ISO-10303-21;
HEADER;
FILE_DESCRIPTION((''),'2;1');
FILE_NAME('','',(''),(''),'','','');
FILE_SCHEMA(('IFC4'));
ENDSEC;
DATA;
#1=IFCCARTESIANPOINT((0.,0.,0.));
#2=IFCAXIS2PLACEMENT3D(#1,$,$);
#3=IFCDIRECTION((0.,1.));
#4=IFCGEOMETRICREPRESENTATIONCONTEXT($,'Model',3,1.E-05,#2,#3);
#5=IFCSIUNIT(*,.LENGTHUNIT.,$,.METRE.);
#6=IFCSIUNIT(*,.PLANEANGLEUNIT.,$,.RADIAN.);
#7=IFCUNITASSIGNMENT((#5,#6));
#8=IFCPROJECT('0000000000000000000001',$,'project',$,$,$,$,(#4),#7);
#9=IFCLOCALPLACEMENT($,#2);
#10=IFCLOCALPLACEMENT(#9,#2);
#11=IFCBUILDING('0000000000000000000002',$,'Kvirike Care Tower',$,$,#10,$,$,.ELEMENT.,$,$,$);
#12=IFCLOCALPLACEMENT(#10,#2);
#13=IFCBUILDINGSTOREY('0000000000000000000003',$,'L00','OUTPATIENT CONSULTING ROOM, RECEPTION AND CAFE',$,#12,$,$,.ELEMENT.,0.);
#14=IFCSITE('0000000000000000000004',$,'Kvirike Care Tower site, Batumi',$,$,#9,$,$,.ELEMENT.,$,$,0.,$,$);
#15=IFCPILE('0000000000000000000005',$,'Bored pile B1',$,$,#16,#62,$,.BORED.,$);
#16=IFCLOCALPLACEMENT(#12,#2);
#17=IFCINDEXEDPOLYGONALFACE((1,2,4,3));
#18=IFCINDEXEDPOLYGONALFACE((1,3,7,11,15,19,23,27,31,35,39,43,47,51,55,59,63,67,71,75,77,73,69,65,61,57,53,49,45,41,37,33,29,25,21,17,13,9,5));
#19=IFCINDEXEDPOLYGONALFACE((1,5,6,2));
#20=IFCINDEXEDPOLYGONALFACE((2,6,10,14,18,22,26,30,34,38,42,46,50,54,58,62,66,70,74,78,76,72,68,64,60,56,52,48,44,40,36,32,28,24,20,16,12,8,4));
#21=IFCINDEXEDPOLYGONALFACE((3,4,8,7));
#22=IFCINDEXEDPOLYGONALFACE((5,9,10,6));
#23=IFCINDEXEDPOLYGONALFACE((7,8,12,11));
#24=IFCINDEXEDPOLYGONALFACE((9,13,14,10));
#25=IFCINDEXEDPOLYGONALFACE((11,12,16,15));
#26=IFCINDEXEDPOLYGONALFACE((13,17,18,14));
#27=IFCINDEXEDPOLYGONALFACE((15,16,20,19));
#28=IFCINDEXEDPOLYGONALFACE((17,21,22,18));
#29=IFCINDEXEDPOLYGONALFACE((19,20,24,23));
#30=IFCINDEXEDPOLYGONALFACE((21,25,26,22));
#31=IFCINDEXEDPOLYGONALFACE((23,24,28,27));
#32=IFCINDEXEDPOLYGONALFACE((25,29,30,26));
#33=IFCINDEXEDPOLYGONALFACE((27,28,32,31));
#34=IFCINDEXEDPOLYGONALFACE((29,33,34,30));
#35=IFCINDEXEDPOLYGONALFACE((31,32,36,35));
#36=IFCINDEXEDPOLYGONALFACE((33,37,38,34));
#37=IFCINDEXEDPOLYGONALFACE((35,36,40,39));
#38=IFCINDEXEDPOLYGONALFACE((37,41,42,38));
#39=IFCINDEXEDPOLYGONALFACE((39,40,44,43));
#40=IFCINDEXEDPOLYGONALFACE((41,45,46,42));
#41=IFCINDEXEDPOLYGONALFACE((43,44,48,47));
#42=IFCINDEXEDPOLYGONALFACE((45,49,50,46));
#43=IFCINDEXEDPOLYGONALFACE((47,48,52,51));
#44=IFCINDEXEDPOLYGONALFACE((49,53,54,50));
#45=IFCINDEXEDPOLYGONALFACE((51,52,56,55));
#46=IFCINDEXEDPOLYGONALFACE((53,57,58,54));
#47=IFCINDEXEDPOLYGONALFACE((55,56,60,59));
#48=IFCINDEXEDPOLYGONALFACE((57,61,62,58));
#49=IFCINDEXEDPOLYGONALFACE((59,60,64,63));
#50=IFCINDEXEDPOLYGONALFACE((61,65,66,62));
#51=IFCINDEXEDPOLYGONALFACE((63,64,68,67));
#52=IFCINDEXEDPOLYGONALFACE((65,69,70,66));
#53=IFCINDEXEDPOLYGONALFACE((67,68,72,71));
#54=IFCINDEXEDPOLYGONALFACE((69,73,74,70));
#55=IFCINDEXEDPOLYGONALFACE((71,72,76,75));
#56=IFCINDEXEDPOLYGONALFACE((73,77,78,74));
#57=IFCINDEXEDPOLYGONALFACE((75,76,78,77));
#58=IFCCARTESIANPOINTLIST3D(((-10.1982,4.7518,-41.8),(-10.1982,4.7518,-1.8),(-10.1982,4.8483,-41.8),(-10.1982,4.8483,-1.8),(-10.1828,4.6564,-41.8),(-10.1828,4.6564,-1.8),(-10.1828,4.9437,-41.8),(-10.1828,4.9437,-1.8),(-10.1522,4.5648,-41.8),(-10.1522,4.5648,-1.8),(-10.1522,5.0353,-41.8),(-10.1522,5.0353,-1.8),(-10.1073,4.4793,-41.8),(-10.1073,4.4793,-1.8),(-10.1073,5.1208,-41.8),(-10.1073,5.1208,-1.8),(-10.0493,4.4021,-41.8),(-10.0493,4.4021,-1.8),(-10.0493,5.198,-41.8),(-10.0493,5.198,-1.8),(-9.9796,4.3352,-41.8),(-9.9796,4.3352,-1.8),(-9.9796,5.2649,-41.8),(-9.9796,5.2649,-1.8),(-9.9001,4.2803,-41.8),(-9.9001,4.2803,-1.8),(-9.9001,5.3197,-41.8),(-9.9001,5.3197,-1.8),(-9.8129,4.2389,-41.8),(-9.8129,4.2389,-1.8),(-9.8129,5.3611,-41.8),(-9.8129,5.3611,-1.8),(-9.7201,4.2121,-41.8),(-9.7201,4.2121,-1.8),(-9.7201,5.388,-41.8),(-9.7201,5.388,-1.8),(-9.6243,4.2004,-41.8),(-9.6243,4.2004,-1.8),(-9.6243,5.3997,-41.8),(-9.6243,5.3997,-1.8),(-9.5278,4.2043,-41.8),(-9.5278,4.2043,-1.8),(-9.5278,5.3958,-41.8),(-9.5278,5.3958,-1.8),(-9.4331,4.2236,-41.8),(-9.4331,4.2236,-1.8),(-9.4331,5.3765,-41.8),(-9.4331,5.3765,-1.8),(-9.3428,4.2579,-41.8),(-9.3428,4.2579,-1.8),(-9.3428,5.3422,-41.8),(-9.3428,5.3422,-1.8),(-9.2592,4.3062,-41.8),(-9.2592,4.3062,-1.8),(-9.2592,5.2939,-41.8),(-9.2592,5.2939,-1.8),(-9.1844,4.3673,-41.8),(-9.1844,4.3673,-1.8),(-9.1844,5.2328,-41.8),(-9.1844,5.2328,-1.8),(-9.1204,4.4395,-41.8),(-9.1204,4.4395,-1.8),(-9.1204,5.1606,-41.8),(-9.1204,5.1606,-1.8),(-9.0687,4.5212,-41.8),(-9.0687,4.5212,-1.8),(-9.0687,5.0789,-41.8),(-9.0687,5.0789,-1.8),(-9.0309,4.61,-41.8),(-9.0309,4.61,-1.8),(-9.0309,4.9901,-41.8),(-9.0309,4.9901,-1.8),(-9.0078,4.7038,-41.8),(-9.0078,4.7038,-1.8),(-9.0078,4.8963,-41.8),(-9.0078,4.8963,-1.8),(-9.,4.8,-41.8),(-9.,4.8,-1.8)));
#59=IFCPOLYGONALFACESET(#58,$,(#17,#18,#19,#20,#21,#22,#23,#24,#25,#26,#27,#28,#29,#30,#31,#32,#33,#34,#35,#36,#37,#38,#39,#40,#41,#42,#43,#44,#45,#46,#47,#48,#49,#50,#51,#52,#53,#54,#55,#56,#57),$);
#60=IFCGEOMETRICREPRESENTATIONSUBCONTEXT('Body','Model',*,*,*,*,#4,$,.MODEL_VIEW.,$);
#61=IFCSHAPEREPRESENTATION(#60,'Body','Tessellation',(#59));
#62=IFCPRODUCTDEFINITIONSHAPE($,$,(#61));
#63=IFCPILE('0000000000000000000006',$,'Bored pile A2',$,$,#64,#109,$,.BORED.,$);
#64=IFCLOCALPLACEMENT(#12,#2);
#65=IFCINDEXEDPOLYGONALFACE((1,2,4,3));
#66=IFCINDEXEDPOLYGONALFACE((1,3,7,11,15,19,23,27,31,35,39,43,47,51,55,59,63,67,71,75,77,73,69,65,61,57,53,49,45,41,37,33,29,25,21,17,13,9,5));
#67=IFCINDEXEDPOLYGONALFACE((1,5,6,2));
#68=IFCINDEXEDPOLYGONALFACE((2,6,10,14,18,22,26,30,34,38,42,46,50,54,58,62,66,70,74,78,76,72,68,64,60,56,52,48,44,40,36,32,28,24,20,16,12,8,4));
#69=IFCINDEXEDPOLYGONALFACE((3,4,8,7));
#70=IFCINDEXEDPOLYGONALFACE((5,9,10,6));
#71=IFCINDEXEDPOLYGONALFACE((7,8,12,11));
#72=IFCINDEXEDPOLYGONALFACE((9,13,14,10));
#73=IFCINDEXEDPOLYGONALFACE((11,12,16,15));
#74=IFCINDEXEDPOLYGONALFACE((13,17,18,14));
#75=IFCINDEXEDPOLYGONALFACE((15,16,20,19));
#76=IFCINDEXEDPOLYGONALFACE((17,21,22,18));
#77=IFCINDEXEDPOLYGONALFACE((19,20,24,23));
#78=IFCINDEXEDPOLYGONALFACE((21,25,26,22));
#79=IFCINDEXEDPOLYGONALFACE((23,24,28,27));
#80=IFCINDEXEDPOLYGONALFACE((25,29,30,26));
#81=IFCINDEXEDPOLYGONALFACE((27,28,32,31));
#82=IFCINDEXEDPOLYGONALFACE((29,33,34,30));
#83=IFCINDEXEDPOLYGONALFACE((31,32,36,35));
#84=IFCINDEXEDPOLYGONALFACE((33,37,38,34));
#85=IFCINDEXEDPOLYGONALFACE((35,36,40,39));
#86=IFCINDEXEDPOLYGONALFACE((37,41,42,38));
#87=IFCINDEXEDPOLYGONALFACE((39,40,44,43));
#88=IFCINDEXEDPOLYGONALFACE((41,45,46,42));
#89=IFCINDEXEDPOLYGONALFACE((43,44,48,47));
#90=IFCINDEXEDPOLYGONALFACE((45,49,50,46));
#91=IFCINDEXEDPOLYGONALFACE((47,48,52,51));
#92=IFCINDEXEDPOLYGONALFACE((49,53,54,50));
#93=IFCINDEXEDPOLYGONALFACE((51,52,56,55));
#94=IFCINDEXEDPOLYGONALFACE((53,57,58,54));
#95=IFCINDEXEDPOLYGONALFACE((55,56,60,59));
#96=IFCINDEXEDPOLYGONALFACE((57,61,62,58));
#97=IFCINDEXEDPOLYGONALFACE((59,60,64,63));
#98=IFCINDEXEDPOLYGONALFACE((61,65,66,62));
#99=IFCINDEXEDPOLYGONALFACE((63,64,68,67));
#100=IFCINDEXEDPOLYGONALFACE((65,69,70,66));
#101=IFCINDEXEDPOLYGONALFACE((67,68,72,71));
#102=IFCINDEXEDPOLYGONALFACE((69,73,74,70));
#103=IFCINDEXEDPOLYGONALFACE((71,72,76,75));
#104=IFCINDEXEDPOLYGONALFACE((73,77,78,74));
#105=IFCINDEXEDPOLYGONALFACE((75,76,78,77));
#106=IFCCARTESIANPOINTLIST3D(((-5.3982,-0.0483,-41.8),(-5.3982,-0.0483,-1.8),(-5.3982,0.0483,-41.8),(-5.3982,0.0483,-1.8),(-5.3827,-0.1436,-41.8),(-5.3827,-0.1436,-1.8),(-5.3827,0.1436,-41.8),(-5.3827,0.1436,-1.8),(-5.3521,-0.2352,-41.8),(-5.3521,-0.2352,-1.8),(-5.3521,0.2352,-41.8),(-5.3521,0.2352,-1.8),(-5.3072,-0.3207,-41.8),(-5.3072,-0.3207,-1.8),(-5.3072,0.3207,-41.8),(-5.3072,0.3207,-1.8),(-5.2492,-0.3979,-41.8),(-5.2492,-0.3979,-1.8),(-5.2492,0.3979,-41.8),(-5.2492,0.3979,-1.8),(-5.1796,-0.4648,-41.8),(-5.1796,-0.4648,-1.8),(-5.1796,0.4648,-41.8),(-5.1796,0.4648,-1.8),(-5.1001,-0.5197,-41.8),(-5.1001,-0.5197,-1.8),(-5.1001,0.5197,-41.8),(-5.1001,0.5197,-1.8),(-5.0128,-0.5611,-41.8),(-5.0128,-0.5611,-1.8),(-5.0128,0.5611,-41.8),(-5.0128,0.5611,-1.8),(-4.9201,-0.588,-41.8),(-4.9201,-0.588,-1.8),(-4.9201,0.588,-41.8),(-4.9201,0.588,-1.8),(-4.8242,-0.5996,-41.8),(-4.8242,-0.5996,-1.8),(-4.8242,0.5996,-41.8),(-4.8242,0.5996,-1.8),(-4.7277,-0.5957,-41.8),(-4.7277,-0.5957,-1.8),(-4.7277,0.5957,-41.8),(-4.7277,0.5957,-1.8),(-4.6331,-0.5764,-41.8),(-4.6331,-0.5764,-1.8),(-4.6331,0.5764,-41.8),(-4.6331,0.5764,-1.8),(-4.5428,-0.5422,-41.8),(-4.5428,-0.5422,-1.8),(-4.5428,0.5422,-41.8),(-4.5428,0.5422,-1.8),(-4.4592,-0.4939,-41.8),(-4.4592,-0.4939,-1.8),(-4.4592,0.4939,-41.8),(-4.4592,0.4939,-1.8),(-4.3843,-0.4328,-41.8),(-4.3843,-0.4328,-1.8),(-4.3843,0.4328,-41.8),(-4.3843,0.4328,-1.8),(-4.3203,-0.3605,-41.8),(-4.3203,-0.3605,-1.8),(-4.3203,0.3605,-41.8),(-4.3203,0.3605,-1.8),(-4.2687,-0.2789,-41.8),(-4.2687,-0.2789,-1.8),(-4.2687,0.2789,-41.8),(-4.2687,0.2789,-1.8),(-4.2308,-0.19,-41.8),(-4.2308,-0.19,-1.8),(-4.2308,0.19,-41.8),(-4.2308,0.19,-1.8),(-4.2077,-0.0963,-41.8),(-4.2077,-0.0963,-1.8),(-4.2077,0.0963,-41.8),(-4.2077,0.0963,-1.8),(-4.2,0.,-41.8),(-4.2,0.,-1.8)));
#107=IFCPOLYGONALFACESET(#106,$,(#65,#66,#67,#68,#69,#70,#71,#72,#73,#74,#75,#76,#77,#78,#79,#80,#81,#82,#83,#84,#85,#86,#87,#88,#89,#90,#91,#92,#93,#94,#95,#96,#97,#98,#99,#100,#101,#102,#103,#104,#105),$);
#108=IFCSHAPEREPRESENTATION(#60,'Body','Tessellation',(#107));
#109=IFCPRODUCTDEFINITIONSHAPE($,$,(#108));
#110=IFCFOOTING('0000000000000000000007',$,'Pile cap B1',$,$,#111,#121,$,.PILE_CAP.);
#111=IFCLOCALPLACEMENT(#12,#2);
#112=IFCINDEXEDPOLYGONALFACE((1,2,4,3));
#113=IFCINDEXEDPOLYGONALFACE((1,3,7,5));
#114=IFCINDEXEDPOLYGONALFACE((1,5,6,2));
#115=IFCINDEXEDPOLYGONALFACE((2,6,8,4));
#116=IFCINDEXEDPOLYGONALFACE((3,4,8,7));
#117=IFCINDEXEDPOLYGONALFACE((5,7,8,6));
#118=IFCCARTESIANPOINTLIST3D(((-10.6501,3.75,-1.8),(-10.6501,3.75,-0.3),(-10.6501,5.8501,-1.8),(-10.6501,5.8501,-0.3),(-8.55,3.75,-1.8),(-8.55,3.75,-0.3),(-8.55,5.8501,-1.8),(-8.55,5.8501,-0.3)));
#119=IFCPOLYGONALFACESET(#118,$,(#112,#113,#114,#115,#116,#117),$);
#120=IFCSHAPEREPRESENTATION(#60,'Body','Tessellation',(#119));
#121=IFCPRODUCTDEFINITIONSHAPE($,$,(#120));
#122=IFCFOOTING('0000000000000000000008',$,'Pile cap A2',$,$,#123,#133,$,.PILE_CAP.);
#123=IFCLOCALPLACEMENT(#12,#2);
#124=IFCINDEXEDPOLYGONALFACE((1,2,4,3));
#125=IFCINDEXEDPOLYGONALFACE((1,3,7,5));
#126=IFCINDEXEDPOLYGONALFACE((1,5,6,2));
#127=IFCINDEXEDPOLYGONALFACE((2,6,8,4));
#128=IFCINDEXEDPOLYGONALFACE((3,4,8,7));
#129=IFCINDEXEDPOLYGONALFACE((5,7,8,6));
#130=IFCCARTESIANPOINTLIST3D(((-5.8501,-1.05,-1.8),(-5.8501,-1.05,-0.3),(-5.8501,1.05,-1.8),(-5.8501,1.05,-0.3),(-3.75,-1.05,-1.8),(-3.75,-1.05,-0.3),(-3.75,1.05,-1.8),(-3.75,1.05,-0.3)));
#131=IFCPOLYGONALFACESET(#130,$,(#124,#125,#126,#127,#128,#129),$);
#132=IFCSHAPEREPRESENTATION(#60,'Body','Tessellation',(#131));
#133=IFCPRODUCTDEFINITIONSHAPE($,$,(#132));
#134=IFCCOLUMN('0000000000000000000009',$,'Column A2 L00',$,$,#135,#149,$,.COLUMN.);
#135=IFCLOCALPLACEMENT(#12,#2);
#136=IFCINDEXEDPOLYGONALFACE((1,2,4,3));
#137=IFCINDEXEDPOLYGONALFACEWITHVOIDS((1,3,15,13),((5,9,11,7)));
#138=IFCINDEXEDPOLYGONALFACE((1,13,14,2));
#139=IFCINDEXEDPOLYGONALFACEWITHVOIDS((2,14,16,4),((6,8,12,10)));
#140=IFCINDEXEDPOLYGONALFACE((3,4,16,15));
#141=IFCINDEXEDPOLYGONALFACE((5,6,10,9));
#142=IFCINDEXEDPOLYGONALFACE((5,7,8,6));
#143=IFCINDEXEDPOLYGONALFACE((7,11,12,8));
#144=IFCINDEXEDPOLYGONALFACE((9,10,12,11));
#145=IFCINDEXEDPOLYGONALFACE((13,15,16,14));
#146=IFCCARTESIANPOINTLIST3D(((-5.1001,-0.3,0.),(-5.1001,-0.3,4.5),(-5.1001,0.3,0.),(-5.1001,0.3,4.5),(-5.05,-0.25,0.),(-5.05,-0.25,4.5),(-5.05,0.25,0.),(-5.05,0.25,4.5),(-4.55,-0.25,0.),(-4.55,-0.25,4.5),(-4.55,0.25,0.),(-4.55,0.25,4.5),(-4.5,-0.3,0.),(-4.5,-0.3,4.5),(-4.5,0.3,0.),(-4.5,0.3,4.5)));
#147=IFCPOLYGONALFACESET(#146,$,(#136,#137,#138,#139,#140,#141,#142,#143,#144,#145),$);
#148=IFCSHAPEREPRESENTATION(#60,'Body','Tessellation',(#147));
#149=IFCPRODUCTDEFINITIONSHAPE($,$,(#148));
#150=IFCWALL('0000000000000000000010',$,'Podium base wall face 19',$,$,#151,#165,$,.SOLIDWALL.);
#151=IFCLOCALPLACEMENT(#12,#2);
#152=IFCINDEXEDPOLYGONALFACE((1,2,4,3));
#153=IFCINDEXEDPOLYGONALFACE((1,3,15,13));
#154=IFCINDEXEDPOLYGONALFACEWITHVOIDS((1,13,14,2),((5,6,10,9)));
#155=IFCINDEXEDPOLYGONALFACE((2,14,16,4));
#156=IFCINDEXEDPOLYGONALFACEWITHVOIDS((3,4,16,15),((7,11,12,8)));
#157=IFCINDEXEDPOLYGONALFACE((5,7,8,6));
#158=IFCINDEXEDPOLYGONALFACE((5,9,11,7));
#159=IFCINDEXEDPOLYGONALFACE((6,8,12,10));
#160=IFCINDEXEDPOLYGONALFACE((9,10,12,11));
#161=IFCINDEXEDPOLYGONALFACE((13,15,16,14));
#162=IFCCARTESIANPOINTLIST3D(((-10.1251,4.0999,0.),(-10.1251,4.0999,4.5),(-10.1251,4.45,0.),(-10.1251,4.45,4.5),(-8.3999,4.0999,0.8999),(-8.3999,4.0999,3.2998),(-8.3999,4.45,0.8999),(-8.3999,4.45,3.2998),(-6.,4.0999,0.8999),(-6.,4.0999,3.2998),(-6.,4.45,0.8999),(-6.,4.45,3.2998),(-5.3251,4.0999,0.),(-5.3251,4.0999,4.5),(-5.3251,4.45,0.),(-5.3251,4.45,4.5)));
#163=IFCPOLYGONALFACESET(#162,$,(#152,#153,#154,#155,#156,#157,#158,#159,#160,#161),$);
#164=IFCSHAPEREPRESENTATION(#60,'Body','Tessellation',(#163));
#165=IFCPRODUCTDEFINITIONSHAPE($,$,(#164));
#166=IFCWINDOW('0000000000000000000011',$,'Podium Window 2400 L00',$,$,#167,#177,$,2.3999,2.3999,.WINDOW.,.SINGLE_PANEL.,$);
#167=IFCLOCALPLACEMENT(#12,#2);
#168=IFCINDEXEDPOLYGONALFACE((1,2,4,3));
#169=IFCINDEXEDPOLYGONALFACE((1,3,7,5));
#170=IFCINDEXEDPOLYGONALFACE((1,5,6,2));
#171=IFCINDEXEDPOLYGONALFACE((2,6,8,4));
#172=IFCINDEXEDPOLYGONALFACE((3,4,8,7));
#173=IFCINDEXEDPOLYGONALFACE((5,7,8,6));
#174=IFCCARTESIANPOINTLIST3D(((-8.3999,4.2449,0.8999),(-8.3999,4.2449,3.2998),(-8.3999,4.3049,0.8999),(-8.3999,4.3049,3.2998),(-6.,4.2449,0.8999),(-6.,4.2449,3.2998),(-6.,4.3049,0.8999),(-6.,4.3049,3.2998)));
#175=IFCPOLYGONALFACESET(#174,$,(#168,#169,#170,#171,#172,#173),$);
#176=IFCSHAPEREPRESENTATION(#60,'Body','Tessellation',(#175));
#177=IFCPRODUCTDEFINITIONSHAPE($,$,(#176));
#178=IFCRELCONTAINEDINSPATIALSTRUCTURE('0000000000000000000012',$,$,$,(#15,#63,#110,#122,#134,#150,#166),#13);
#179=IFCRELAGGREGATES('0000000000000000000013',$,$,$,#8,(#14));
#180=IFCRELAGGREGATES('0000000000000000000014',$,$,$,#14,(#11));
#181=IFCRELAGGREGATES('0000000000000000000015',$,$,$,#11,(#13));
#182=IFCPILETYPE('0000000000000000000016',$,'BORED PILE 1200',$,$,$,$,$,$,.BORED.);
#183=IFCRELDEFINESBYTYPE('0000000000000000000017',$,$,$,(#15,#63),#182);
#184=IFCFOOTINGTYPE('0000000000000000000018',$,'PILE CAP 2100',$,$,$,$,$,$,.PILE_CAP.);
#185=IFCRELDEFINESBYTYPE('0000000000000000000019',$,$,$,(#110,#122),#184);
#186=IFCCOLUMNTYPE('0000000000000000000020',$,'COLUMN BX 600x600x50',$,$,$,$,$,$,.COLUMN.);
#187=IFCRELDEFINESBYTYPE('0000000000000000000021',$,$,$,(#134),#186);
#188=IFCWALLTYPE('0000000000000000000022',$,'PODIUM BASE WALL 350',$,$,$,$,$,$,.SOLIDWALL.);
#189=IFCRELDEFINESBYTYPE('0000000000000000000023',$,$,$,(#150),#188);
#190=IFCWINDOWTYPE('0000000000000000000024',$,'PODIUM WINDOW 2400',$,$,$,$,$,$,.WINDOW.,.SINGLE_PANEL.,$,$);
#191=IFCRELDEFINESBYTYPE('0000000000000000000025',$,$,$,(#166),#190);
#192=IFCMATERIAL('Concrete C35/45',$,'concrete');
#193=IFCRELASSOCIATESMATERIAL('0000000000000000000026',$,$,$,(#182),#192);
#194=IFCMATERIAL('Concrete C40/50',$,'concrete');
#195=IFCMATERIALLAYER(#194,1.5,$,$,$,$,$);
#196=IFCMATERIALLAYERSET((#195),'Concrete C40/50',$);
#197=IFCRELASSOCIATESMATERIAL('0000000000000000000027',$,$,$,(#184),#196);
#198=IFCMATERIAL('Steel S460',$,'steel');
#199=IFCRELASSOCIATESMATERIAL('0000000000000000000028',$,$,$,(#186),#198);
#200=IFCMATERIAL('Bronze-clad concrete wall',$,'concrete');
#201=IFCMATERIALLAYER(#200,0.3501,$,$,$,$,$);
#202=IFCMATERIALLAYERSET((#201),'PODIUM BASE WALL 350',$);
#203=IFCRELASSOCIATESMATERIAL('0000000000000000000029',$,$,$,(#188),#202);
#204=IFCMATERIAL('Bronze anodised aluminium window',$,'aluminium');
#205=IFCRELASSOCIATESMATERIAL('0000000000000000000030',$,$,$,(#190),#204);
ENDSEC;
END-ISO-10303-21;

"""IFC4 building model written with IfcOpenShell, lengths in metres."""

from ifc_helpers import new_model, si_unit, direction, frame, frame_2d, origin, origin_2d, place, context, subcontext, project, spatial, rectangle, hollow_rectangle, circle, extrude, material, layer, layer_set, material_profile, profile_set, type_object, element, fill, save


model = new_model("IFC4")

# Units and contexts
model_context = context("Model", 3, precision=1e-05, world=origin(), true_north=direction((0.0, 1.0)))
body_context = subcontext(model_context, "Body", "Model", "MODEL_VIEW")
ifc_project = project(units=[si_unit("LENGTHUNIT", "METRE"), si_unit("PLANEANGLEUNIT", "RADIAN")], contexts=[model_context])

# Site, building, storey
site_placement = place(None, origin())
site = spatial("IfcSite", under=ifc_project, at=site_placement, Name="Kvirike Care Tower site, Batumi", CompositionType="ELEMENT", RefElevation=0.0)
building_placement = place(site_placement, origin())
building = spatial("IfcBuilding", under=site, at=building_placement, Name="Kvirike Care Tower", CompositionType="ELEMENT")
storey_placement = place(building_placement, origin())
storey = spatial("IfcBuildingStorey", under=building, at=storey_placement, Name="L00", Description="OUTPATIENT CONSULTING ROOM, RECEPTION AND CAFE", CompositionType="ELEMENT", Elevation=0.0)

# Piles
ifc_material_1 = material(Name="Concrete C35/45", Category="concrete")
ifc_material_profile_1 = material_profile(ifc_material_1, circle(Radius=0.6001, at=origin_2d()), Name="BORED PILE 1200")
ifc_profile_set_1 = profile_set([ifc_material_profile_1], Name="Concrete C35/45")
pile_type = type_object("IfcPileType", Name="BORED PILE 1200", PredefinedType="BORED", material=ifc_profile_set_1)
for number, where, z_axis, x_axis, name in (
    (1, (-9.6001, 4.8, -1.8), (0.0, 0.0, -1.0), (1.0, 0.0, 0.0), "Bored pile B1"),
    (2, (-4.8, 0.0, -1.8), (0.0, 0.0, -1.0), (1.0, 0.0, 0.0), "Bored pile A2"),
):
    element("IfcPile", number, at=place(storey_placement, frame(where, z_axis=z_axis, x_axis=x_axis)), inside=storey, type_object=pile_type, Name=name, PredefinedType="BORED", context=body_context, shape_type="SweptSolid", body=[
        extrude(circle(Radius=0.6001, at=origin_2d()), origin(), (0.0, 0.0, 1.0), 40.0),
    ])

# Footings
ifc_material_2 = material(Name="Concrete C40/50", Category="concrete")
ifc_layer_1 = layer(ifc_material_2, 1.5)
ifc_layer_set_1 = layer_set([ifc_layer_1], Name="Concrete C40/50")
footing_type = type_object("IfcFootingType", Name="PILE CAP 2100", PredefinedType="PILE_CAP", material=ifc_layer_set_1)
for number, where, z_axis, x_axis, name in (
    (3, (-9.6001, 4.8, -1.8), (0.0, 0.0, 1.0), (1.0, 0.0, 0.0), "Pile cap B1"),
    (4, (-4.8, 0.0, -1.8), (0.0, 0.0, 1.0), (1.0, 0.0, 0.0), "Pile cap A2"),
):
    element("IfcFooting", number, at=place(storey_placement, frame(where, z_axis=z_axis, x_axis=x_axis)), inside=storey, type_object=footing_type, Name=name, PredefinedType="PILE_CAP", context=body_context, shape_type="SweptSolid", body=[
        extrude(rectangle(XDim=2.1001, YDim=2.1001, at=origin_2d()), origin(), (0.0, 0.0, 1.0), 1.5),
    ])

# Column
ifc_material_3 = material(Name="Steel S460", Category="steel")
ifc_material_profile_2 = material_profile(ifc_material_3, hollow_rectangle(XDim=0.6001, YDim=0.6001, WallThickness=0.05, at=origin_2d()), Name="BX 600x600x50")
ifc_profile_set_2 = profile_set([ifc_material_profile_2], Name="Steel S460")
column_type = type_object("IfcColumnType", Name="COLUMN BX 600x600x50", PredefinedType="COLUMN", material=ifc_profile_set_2)
column_placement = place(storey_placement, frame((-4.8, 0.0, 0.0), z_axis=(0.0, 0.0, 1.0), x_axis=(0.0, 1.0, 0.0)))
element("IfcColumn", 5, at=column_placement, inside=storey, type_object=column_type, Name="Column A2 L00", PredefinedType="COLUMN", context=body_context, shape_type="SweptSolid", body=[
    extrude(hollow_rectangle(XDim=0.6001, YDim=0.6001, WallThickness=0.05, at=origin_2d()), origin(), (0.0, 0.0, 1.0), 4.5),
])

# Shared definitions
ifc_material_4 = material(Name="Bronze-clad concrete wall", Category="concrete")
ifc_layer_2 = layer(ifc_material_4, 0.3501)
ifc_layer_set_2 = layer_set([ifc_layer_2], Name="PODIUM BASE WALL 350")
wall_type = type_object("IfcWallType", Name="PODIUM BASE WALL 350", PredefinedType="SOLIDWALL", material=ifc_layer_set_2)
ifc_material_5 = material(Name="Bronze anodised aluminium window", Category="aluminium")
window_type = type_object("IfcWindowType", Name="PODIUM WINDOW 2400", PartitioningType="SINGLE_PANEL", PredefinedType="WINDOW", material=ifc_material_5)

# Wall, opening, window
wall_1_placement = place(storey_placement, frame((-10.125, 4.2749, 0.0), z_axis=(0.0, 0.0, 1.0), x_axis=(1.0, 0.0, 0.0)))
wall_1 = element("IfcWall", 6, at=wall_1_placement, inside=storey, type_object=wall_type, Name="Podium base wall face 19", PredefinedType="SOLIDWALL", context=body_context, shape_type="SweptSolid", body=[
    extrude(rectangle(XDim=4.8, YDim=0.3501, at=frame_2d((2.3999, 0.0))), origin(), (0.0, 0.0, 1.0), 4.5),
])
opening_1_placement = place(wall_1_placement, frame((1.7251, 0.0, 0.8999)))
opening_1 = element("IfcOpeningElement", 7, at=opening_1_placement, cuts=wall_1, PredefinedType="OPENING", context=body_context, shape_type="SweptSolid", body=[
    extrude(rectangle(XDim=2.3999, YDim=2.3999, at=frame_2d((1.2, 1.2))), frame((0.0, 0.1855, 0.0), z_axis=(0.0, -1.0, 0.0), x_axis=(1.0, 0.0, 0.0)), (0.0, 0.0, 1.0), 0.3711),
])
window_1_placement = place(opening_1_placement, origin())
window_1 = element("IfcWindow", 8, at=window_1_placement, inside=storey, type_object=window_type, Name="Podium Window 2400 L00", OverallHeight=2.3999, OverallWidth=2.3999, PartitioningType="SINGLE_PANEL", PredefinedType="WINDOW", context=body_context, shape_type="SweptSolid", body=[
    extrude(rectangle(XDim=2.3999, YDim=2.3999, at=frame_2d((1.2, 1.2))), frame((0.0, 0.03, 0.0), z_axis=(0.0, -1.0, 0.0), x_axis=(1.0, 0.0, 0.0)), (0.0, 0.0, 1.0), 0.0601),
])
fill(opening_1, window_1)

save(model, "model.ifc")
